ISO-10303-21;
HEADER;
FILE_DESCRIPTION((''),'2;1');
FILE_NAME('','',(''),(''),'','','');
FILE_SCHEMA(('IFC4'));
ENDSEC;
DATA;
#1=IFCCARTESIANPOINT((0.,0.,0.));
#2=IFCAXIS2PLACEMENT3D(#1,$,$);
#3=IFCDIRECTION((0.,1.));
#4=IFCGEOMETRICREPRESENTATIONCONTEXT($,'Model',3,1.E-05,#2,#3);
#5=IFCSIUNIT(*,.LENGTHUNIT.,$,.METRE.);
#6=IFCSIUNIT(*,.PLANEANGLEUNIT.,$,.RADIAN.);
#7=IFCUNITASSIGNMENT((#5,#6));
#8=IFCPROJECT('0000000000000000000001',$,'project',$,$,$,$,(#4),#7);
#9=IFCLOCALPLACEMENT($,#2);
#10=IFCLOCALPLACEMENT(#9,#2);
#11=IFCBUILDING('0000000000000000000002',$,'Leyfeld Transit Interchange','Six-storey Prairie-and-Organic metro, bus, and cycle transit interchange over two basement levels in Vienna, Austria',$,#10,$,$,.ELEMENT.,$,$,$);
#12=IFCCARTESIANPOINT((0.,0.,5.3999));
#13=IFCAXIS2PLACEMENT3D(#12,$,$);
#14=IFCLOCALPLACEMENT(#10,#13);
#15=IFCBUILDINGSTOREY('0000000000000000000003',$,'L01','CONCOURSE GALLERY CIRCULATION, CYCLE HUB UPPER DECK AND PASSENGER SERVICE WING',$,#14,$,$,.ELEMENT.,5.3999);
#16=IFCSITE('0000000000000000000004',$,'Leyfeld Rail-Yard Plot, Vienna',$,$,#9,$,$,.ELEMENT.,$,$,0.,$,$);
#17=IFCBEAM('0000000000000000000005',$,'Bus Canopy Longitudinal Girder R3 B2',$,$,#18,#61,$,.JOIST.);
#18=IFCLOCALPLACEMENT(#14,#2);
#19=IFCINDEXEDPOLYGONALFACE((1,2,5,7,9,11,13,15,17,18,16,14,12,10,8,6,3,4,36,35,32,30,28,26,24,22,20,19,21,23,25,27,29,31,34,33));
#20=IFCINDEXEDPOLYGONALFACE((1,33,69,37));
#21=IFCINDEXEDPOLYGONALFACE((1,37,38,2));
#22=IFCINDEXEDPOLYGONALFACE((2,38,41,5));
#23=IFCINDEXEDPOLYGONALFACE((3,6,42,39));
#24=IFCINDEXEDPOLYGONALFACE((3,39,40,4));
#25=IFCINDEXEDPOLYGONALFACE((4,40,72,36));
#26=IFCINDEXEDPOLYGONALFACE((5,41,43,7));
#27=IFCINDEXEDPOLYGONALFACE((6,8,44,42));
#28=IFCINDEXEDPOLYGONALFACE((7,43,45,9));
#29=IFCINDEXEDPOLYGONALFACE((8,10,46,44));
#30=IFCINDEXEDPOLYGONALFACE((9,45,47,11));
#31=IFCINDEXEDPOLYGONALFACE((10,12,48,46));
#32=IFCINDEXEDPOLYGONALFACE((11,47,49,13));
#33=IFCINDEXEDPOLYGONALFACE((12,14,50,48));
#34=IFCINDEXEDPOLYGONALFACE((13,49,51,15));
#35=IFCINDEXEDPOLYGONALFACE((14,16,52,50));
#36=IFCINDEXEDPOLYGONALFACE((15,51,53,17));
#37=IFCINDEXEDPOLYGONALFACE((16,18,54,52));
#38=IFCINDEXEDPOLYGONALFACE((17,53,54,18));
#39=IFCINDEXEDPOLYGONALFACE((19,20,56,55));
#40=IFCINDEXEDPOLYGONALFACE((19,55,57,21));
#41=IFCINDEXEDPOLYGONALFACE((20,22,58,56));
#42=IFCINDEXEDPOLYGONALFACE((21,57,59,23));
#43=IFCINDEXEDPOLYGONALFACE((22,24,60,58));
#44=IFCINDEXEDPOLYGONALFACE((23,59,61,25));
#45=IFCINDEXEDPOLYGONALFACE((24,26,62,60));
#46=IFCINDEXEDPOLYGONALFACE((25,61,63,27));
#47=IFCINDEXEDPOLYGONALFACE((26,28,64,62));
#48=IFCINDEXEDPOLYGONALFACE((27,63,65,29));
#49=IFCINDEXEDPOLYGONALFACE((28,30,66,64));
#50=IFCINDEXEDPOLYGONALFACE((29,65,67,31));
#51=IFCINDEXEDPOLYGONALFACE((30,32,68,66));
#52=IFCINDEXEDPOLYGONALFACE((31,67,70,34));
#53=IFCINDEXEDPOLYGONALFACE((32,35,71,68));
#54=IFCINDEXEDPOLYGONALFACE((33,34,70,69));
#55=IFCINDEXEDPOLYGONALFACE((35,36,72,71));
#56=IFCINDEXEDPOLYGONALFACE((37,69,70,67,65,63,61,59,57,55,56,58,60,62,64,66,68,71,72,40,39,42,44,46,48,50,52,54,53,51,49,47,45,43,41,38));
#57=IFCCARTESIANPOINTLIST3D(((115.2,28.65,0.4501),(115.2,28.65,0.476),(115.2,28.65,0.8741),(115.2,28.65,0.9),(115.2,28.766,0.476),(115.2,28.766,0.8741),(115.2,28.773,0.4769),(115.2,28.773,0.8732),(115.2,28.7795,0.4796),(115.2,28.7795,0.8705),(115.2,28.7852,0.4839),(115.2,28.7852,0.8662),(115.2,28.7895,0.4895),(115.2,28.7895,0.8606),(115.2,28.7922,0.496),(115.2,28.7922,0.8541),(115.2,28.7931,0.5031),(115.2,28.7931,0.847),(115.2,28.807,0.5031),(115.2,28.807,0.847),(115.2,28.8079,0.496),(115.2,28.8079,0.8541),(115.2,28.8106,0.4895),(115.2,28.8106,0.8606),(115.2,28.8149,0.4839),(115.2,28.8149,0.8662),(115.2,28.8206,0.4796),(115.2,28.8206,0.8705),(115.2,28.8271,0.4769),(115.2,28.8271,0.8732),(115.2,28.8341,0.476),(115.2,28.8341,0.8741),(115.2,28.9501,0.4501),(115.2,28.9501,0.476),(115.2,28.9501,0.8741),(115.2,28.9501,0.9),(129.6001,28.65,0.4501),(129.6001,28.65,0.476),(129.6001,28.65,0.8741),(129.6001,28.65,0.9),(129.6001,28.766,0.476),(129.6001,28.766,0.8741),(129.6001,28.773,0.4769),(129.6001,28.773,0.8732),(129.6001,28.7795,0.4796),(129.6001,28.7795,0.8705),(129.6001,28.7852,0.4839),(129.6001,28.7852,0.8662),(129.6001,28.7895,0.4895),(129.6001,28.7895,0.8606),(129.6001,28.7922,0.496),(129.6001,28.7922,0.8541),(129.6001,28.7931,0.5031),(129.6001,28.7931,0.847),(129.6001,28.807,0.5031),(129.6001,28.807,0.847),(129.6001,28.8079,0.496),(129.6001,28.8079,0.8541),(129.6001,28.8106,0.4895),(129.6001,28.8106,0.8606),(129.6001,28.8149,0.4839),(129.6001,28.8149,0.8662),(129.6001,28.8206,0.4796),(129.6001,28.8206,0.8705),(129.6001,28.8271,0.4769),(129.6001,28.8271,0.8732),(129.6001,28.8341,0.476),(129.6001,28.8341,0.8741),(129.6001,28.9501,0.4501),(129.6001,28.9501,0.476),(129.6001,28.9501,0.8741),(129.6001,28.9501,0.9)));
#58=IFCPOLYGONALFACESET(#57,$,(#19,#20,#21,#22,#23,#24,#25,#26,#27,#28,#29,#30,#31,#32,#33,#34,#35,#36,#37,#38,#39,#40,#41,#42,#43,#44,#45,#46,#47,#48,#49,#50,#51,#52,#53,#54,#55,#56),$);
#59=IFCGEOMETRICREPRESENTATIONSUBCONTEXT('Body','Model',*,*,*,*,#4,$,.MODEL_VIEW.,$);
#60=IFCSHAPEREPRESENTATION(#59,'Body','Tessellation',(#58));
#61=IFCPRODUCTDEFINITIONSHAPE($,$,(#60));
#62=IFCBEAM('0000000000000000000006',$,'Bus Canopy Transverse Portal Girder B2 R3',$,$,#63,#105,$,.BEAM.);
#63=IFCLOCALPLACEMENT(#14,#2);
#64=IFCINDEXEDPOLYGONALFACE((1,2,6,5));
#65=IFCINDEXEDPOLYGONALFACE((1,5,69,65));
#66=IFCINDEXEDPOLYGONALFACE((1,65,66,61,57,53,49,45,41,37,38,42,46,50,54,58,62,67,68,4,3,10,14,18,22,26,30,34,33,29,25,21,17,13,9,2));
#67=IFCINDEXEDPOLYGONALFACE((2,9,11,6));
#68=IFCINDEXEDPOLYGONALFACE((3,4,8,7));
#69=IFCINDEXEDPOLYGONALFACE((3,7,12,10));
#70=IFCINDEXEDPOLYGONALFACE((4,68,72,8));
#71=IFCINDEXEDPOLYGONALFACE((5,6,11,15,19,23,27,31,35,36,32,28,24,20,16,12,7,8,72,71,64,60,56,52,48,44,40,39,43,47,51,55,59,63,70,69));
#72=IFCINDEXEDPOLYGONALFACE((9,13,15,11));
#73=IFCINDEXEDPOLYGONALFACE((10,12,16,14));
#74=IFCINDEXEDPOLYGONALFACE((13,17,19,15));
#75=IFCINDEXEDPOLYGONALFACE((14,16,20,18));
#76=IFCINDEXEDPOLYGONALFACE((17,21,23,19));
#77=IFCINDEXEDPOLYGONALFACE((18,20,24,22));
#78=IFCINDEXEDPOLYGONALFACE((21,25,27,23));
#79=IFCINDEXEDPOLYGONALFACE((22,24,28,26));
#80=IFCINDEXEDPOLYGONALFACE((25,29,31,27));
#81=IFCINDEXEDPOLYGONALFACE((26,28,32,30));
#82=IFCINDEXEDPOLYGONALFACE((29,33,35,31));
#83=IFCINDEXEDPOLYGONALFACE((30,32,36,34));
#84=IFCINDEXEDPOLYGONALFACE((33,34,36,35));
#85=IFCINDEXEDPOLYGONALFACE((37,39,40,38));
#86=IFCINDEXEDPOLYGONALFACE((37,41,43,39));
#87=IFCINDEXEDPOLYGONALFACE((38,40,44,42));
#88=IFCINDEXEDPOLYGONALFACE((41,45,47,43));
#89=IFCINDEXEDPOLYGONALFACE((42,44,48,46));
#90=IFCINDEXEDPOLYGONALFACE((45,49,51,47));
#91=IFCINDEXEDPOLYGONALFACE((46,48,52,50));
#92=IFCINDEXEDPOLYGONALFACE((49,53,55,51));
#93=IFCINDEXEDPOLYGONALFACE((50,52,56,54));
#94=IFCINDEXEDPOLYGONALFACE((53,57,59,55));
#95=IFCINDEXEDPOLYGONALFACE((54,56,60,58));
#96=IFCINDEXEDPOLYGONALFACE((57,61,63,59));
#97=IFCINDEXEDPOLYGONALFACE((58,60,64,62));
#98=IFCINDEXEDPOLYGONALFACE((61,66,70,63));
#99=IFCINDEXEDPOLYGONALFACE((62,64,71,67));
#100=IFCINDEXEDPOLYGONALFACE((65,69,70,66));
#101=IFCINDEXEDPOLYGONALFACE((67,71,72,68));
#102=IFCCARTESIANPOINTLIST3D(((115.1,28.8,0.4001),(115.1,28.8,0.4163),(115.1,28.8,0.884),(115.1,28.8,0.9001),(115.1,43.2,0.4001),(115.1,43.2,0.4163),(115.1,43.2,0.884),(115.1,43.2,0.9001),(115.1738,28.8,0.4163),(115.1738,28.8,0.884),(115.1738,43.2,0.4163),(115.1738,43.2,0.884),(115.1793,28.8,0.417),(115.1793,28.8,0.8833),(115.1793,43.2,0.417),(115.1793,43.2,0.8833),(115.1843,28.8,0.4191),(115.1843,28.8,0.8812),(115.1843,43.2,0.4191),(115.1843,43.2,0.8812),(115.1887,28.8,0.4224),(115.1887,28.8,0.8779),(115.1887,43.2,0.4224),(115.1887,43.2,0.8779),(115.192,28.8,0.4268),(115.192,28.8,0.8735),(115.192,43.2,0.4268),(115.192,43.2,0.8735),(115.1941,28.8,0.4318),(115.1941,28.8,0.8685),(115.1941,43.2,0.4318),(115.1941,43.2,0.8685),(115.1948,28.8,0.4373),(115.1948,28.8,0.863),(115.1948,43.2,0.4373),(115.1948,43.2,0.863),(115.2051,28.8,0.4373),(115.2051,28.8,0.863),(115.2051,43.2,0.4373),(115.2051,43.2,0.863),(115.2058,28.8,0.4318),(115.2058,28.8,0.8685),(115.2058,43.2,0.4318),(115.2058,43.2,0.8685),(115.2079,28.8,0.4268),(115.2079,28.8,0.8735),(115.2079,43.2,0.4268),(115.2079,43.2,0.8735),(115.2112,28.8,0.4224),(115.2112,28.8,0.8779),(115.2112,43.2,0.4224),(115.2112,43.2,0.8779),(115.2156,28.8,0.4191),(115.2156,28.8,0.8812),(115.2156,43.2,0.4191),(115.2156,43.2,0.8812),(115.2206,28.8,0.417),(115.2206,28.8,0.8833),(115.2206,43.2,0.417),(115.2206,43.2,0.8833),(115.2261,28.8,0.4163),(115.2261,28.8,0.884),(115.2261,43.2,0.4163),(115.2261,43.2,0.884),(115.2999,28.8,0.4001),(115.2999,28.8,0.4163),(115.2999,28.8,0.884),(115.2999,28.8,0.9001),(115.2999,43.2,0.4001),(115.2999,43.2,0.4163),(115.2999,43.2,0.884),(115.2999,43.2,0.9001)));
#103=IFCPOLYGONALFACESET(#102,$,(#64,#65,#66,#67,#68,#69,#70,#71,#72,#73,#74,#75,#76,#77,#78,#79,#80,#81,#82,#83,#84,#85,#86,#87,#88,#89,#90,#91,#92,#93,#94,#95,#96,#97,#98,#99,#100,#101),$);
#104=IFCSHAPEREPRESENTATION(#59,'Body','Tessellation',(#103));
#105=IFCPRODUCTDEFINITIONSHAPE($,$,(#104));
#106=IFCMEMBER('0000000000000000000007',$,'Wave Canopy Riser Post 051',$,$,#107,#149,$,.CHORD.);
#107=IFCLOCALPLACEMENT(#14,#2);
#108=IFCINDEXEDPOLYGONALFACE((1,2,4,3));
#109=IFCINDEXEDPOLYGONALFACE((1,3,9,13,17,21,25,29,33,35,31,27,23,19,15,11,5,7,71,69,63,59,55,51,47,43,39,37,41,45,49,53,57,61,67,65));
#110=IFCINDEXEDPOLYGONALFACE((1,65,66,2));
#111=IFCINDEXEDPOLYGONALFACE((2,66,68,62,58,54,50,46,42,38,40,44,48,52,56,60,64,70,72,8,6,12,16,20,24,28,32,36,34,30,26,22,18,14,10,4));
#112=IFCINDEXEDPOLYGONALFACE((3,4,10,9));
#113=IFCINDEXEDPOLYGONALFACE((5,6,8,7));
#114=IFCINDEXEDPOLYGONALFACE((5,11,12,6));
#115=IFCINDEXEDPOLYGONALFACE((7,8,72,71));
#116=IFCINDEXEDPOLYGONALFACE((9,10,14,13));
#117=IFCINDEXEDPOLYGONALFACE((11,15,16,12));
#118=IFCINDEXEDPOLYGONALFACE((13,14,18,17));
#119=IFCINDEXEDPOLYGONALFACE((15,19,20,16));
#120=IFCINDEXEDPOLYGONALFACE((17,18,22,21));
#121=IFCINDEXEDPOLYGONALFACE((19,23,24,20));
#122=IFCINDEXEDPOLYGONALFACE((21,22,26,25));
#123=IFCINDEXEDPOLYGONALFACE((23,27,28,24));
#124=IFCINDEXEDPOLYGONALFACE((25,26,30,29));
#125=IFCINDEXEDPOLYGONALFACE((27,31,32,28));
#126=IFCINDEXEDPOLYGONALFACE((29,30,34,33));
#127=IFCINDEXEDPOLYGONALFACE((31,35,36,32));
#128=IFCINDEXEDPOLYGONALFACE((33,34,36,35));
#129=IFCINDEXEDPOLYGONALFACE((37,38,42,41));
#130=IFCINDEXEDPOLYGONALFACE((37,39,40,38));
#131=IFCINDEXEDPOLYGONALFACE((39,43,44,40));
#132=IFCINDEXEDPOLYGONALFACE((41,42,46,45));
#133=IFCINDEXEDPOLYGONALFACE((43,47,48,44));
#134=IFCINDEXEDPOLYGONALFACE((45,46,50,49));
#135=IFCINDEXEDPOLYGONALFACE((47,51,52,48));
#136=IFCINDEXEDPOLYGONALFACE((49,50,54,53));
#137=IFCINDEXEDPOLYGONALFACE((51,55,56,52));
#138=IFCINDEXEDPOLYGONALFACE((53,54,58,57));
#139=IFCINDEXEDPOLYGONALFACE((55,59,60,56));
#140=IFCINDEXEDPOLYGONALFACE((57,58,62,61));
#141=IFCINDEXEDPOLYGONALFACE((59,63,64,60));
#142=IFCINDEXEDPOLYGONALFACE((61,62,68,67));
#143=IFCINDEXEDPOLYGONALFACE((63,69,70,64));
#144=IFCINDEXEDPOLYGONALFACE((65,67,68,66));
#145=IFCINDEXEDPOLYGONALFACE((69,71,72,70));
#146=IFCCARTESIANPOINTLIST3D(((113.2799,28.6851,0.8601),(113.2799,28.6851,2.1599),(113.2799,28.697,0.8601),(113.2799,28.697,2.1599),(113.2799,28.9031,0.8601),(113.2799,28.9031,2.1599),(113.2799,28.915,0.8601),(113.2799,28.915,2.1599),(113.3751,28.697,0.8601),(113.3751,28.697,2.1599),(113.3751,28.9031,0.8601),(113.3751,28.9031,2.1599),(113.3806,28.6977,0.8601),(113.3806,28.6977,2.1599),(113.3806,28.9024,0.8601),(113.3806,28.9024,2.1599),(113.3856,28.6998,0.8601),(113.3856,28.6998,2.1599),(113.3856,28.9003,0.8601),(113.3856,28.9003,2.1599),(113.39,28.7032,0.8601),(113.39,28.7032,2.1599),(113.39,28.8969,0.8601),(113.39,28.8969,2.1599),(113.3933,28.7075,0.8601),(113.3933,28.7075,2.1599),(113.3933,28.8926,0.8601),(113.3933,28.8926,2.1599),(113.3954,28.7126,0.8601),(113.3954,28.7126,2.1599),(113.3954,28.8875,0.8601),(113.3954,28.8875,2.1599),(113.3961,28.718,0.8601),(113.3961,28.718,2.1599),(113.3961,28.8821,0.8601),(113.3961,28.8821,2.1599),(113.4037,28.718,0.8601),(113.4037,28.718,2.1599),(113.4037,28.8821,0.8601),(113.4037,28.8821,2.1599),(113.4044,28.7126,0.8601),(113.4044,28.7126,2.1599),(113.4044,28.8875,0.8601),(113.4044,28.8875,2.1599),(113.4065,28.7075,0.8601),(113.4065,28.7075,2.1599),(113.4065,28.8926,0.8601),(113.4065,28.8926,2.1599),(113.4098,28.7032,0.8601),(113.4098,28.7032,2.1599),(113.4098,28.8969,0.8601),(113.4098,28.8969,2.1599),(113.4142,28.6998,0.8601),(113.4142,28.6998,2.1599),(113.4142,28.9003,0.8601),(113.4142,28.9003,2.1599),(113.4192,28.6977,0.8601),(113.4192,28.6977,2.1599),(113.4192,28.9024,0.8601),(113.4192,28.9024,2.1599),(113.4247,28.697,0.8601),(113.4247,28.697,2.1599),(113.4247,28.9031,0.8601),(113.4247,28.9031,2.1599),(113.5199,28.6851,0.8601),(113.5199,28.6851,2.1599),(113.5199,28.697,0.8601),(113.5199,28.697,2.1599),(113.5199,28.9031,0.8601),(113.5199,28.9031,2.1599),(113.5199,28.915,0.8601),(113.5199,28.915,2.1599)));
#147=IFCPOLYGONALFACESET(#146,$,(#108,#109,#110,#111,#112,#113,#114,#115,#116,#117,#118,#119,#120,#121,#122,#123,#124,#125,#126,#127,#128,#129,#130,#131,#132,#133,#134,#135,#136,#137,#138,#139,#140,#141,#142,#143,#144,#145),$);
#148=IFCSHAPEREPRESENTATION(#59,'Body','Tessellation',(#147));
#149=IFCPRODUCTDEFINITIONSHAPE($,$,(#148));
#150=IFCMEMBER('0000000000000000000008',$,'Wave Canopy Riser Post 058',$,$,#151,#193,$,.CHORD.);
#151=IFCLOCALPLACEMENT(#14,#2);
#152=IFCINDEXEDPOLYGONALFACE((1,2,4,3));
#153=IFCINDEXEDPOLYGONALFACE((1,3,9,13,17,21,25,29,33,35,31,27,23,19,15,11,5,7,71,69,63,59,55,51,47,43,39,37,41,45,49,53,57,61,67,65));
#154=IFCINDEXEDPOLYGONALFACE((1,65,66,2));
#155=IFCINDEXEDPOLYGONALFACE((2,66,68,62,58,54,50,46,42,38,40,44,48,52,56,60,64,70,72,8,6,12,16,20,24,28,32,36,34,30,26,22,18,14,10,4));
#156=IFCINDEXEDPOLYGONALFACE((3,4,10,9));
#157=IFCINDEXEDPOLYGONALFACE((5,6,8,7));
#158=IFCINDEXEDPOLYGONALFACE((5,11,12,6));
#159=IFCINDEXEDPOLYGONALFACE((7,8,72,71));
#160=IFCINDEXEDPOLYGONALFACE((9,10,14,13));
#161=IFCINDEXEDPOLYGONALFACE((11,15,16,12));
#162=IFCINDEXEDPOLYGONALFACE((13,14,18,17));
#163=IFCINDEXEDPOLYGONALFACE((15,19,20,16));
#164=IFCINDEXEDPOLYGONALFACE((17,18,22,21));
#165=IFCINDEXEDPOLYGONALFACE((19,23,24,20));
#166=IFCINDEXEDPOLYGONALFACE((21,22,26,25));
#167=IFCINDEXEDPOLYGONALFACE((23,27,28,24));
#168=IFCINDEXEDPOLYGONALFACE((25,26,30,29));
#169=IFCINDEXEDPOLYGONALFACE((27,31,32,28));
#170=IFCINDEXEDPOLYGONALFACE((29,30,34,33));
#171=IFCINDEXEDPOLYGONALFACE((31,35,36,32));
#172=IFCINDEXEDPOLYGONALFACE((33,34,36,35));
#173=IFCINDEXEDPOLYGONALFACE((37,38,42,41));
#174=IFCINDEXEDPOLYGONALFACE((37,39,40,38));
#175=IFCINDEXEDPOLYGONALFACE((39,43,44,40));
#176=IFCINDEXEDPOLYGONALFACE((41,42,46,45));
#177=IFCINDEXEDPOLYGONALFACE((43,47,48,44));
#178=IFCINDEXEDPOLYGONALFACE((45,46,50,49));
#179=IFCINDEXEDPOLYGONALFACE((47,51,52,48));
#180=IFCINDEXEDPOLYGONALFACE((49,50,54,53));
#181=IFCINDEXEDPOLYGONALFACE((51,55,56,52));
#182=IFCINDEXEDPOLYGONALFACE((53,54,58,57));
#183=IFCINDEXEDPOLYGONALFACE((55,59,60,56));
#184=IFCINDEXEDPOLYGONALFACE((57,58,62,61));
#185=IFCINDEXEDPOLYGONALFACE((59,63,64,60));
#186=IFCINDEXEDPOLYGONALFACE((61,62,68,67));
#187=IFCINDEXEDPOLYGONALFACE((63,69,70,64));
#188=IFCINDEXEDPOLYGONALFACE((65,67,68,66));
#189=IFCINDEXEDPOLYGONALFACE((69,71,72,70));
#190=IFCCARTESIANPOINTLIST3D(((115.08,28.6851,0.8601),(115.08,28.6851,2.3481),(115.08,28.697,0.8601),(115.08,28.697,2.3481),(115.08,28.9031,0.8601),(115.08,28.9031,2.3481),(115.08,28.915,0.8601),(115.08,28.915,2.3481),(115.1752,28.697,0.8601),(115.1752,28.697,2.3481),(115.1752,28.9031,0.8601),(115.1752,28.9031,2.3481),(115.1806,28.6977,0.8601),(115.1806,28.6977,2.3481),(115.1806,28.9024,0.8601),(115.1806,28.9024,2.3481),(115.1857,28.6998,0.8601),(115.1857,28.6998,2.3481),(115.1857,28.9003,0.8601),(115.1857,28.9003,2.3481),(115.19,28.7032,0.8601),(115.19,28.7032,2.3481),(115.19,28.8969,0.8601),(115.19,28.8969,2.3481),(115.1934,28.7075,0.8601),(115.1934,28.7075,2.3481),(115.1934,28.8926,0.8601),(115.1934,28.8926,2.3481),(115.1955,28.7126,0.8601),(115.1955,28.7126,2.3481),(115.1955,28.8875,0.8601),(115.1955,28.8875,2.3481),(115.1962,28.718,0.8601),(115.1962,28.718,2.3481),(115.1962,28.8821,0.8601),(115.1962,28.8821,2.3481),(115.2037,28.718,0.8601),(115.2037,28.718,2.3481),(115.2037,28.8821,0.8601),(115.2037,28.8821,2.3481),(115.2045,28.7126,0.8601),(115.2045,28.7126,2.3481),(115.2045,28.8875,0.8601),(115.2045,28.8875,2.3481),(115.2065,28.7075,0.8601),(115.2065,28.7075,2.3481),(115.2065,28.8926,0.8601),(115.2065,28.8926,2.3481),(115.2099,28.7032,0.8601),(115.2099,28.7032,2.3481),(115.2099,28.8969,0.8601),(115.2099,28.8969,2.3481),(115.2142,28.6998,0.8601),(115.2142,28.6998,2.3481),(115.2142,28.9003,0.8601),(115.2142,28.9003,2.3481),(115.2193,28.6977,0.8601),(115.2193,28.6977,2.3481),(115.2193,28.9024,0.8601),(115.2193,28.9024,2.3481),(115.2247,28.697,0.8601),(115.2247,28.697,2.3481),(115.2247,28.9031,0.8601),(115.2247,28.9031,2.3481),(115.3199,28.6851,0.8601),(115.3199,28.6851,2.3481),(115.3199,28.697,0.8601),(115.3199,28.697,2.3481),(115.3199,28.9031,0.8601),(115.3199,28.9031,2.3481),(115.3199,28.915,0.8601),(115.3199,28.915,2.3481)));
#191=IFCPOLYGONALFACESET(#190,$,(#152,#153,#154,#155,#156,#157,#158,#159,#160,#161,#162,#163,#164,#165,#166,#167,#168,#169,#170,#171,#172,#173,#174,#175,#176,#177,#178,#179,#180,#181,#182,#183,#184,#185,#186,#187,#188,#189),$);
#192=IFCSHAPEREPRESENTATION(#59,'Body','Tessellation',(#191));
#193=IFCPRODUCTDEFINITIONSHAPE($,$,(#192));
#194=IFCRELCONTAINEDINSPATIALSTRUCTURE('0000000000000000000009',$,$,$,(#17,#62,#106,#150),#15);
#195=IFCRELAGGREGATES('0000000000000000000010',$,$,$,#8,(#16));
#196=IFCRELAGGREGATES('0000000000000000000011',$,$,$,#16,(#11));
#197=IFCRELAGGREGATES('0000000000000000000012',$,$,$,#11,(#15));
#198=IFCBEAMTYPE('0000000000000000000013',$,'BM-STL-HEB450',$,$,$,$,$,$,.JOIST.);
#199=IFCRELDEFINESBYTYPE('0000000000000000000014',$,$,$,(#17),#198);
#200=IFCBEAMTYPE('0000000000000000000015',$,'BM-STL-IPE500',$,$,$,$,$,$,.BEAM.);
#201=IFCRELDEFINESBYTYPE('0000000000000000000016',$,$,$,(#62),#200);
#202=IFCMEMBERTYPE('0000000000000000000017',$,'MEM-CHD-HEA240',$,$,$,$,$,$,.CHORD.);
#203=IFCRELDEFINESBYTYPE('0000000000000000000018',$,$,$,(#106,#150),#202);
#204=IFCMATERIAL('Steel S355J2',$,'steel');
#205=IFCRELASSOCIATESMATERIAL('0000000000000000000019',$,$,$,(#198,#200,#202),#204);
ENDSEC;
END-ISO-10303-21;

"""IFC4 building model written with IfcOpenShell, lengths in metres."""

from ifc_helpers import new_model, si_unit, direction, frame, origin, origin_2d, place, context, subcontext, project, spatial, i_section, extrude, material, material_profile, profile_set, type_object, element, save


model = new_model("IFC4")

# Units and contexts
model_context = context("Model", 3, precision=1e-05, world=origin(), true_north=direction((0.0, 1.0)))
body_context = subcontext(model_context, "Body", "Model", "MODEL_VIEW")
ifc_project = project(units=[si_unit("LENGTHUNIT", "METRE"), si_unit("PLANEANGLEUNIT", "RADIAN")], contexts=[model_context])

# Site, building, storey
site_placement = place(None, origin())
site = spatial("IfcSite", under=ifc_project, at=site_placement, Name="Leyfeld Rail-Yard Plot, Vienna", CompositionType="ELEMENT", RefElevation=0.0)
building_placement = place(site_placement, origin())
building = spatial("IfcBuilding", under=site, at=building_placement, Name="Leyfeld Transit Interchange", Description="Six-storey Prairie-and-Organic metro, bus, and cycle transit interchange over two basement levels in Vienna, Austria", CompositionType="ELEMENT")
storey_placement = place(building_placement, frame((0.0, 0.0, 5.3999)))
storey = spatial("IfcBuildingStorey", under=building, at=storey_placement, Name="L01", Description="CONCOURSE GALLERY CIRCULATION, CYCLE HUB UPPER DECK AND PASSENGER SERVICE WING", CompositionType="ELEMENT", Elevation=5.3999)

# Beams
ifc_material_1 = material(Name="Steel S355J2", Category="steel")
ifc_material_profile_1 = material_profile(ifc_material_1, i_section(OverallWidth=0.3, OverallDepth=0.45, WebThickness=0.0139, FlangeThickness=0.0259, FilletRadius=0.0271, at=origin_2d()), Name="HEB 450")
ifc_profile_set_1 = profile_set([ifc_material_profile_1], Name="Steel S355J2")
beam_type_1 = type_object("IfcBeamType", Name="BM-STL-HEB450", PredefinedType="JOIST", material=ifc_profile_set_1)
beam_1_placement = place(storey_placement, frame((115.2, 28.8, 0.675), z_axis=(1.0, 0.0, 0.0), x_axis=(0.0, 1.0, 0.0)))
element("IfcBeam", 1, at=beam_1_placement, inside=storey, type_object=beam_type_1, Name="Bus Canopy Longitudinal Girder R3 B2", PredefinedType="JOIST", context=body_context, shape_type="SweptSolid", body=[
    extrude(i_section(OverallWidth=0.3, OverallDepth=0.45, WebThickness=0.0139, FlangeThickness=0.0259, FilletRadius=0.0271, at=origin_2d()), origin(), (0.0, 0.0, 1.0), 14.4001),
])
ifc_material_profile_2 = material_profile(ifc_material_1, i_section(OverallWidth=0.2, OverallDepth=0.5, WebThickness=0.0103, FlangeThickness=0.0161, FilletRadius=0.021, at=origin_2d()), Name="IPE 500")
ifc_profile_set_2 = profile_set([ifc_material_profile_2], Name="Steel S355J2")
beam_type_2 = type_object("IfcBeamType", Name="BM-STL-IPE500", PredefinedType="BEAM", material=ifc_profile_set_2)
beam_2_placement = place(storey_placement, frame((115.2, 28.8, 0.6501), z_axis=(0.0, 1.0, 0.0), x_axis=(-1.0, 0.0, 0.0)))
element("IfcBeam", 2, at=beam_2_placement, inside=storey, type_object=beam_type_2, Name="Bus Canopy Transverse Portal Girder B2 R3", PredefinedType="BEAM", context=body_context, shape_type="SweptSolid", body=[
    extrude(i_section(OverallWidth=0.2, OverallDepth=0.5, WebThickness=0.0103, FlangeThickness=0.0161, FilletRadius=0.021, at=origin_2d()), origin(), (0.0, 0.0, 1.0), 14.3999),
])

# Members
ifc_material_profile_3 = material_profile(ifc_material_1, i_section(OverallWidth=0.24, OverallDepth=0.23, WebThickness=0.0076, FlangeThickness=0.012, FilletRadius=0.021, at=origin_2d()), Name="HEA 240")
ifc_profile_set_3 = profile_set([ifc_material_profile_3], Name="Steel S355J2")
member_type_1 = type_object("IfcMemberType", Name="MEM-CHD-HEA240", PredefinedType="CHORD", material=ifc_profile_set_3)
member_1_placement = place(storey_placement, frame((113.3999, 28.8, 0.8601), z_axis=(0.0, 0.0, 1.0), x_axis=(1.0, 0.0, 0.0)))
element("IfcMember", 3, at=member_1_placement, inside=storey, type_object=member_type_1, Name="Wave Canopy Riser Post 051", PredefinedType="CHORD", context=body_context, shape_type="SweptSolid", body=[
    extrude(i_section(OverallWidth=0.24, OverallDepth=0.23, WebThickness=0.0076, FlangeThickness=0.012, FilletRadius=0.021, at=origin_2d()), origin(), (0.0, 0.0, 1.0), 1.2998),
])
member_2_placement = place(storey_placement, frame((115.2, 28.8, 0.8601), z_axis=(0.0, 0.0, 1.0), x_axis=(1.0, 0.0, 0.0)))
element("IfcMember", 4, at=member_2_placement, inside=storey, type_object=member_type_1, Name="Wave Canopy Riser Post 058", PredefinedType="CHORD", context=body_context, shape_type="SweptSolid", body=[
    extrude(i_section(OverallWidth=0.24, OverallDepth=0.23, WebThickness=0.0076, FlangeThickness=0.012, FilletRadius=0.021, at=origin_2d()), origin(), (0.0, 0.0, 1.0), 1.488),
])

save(model, "model.ifc")
